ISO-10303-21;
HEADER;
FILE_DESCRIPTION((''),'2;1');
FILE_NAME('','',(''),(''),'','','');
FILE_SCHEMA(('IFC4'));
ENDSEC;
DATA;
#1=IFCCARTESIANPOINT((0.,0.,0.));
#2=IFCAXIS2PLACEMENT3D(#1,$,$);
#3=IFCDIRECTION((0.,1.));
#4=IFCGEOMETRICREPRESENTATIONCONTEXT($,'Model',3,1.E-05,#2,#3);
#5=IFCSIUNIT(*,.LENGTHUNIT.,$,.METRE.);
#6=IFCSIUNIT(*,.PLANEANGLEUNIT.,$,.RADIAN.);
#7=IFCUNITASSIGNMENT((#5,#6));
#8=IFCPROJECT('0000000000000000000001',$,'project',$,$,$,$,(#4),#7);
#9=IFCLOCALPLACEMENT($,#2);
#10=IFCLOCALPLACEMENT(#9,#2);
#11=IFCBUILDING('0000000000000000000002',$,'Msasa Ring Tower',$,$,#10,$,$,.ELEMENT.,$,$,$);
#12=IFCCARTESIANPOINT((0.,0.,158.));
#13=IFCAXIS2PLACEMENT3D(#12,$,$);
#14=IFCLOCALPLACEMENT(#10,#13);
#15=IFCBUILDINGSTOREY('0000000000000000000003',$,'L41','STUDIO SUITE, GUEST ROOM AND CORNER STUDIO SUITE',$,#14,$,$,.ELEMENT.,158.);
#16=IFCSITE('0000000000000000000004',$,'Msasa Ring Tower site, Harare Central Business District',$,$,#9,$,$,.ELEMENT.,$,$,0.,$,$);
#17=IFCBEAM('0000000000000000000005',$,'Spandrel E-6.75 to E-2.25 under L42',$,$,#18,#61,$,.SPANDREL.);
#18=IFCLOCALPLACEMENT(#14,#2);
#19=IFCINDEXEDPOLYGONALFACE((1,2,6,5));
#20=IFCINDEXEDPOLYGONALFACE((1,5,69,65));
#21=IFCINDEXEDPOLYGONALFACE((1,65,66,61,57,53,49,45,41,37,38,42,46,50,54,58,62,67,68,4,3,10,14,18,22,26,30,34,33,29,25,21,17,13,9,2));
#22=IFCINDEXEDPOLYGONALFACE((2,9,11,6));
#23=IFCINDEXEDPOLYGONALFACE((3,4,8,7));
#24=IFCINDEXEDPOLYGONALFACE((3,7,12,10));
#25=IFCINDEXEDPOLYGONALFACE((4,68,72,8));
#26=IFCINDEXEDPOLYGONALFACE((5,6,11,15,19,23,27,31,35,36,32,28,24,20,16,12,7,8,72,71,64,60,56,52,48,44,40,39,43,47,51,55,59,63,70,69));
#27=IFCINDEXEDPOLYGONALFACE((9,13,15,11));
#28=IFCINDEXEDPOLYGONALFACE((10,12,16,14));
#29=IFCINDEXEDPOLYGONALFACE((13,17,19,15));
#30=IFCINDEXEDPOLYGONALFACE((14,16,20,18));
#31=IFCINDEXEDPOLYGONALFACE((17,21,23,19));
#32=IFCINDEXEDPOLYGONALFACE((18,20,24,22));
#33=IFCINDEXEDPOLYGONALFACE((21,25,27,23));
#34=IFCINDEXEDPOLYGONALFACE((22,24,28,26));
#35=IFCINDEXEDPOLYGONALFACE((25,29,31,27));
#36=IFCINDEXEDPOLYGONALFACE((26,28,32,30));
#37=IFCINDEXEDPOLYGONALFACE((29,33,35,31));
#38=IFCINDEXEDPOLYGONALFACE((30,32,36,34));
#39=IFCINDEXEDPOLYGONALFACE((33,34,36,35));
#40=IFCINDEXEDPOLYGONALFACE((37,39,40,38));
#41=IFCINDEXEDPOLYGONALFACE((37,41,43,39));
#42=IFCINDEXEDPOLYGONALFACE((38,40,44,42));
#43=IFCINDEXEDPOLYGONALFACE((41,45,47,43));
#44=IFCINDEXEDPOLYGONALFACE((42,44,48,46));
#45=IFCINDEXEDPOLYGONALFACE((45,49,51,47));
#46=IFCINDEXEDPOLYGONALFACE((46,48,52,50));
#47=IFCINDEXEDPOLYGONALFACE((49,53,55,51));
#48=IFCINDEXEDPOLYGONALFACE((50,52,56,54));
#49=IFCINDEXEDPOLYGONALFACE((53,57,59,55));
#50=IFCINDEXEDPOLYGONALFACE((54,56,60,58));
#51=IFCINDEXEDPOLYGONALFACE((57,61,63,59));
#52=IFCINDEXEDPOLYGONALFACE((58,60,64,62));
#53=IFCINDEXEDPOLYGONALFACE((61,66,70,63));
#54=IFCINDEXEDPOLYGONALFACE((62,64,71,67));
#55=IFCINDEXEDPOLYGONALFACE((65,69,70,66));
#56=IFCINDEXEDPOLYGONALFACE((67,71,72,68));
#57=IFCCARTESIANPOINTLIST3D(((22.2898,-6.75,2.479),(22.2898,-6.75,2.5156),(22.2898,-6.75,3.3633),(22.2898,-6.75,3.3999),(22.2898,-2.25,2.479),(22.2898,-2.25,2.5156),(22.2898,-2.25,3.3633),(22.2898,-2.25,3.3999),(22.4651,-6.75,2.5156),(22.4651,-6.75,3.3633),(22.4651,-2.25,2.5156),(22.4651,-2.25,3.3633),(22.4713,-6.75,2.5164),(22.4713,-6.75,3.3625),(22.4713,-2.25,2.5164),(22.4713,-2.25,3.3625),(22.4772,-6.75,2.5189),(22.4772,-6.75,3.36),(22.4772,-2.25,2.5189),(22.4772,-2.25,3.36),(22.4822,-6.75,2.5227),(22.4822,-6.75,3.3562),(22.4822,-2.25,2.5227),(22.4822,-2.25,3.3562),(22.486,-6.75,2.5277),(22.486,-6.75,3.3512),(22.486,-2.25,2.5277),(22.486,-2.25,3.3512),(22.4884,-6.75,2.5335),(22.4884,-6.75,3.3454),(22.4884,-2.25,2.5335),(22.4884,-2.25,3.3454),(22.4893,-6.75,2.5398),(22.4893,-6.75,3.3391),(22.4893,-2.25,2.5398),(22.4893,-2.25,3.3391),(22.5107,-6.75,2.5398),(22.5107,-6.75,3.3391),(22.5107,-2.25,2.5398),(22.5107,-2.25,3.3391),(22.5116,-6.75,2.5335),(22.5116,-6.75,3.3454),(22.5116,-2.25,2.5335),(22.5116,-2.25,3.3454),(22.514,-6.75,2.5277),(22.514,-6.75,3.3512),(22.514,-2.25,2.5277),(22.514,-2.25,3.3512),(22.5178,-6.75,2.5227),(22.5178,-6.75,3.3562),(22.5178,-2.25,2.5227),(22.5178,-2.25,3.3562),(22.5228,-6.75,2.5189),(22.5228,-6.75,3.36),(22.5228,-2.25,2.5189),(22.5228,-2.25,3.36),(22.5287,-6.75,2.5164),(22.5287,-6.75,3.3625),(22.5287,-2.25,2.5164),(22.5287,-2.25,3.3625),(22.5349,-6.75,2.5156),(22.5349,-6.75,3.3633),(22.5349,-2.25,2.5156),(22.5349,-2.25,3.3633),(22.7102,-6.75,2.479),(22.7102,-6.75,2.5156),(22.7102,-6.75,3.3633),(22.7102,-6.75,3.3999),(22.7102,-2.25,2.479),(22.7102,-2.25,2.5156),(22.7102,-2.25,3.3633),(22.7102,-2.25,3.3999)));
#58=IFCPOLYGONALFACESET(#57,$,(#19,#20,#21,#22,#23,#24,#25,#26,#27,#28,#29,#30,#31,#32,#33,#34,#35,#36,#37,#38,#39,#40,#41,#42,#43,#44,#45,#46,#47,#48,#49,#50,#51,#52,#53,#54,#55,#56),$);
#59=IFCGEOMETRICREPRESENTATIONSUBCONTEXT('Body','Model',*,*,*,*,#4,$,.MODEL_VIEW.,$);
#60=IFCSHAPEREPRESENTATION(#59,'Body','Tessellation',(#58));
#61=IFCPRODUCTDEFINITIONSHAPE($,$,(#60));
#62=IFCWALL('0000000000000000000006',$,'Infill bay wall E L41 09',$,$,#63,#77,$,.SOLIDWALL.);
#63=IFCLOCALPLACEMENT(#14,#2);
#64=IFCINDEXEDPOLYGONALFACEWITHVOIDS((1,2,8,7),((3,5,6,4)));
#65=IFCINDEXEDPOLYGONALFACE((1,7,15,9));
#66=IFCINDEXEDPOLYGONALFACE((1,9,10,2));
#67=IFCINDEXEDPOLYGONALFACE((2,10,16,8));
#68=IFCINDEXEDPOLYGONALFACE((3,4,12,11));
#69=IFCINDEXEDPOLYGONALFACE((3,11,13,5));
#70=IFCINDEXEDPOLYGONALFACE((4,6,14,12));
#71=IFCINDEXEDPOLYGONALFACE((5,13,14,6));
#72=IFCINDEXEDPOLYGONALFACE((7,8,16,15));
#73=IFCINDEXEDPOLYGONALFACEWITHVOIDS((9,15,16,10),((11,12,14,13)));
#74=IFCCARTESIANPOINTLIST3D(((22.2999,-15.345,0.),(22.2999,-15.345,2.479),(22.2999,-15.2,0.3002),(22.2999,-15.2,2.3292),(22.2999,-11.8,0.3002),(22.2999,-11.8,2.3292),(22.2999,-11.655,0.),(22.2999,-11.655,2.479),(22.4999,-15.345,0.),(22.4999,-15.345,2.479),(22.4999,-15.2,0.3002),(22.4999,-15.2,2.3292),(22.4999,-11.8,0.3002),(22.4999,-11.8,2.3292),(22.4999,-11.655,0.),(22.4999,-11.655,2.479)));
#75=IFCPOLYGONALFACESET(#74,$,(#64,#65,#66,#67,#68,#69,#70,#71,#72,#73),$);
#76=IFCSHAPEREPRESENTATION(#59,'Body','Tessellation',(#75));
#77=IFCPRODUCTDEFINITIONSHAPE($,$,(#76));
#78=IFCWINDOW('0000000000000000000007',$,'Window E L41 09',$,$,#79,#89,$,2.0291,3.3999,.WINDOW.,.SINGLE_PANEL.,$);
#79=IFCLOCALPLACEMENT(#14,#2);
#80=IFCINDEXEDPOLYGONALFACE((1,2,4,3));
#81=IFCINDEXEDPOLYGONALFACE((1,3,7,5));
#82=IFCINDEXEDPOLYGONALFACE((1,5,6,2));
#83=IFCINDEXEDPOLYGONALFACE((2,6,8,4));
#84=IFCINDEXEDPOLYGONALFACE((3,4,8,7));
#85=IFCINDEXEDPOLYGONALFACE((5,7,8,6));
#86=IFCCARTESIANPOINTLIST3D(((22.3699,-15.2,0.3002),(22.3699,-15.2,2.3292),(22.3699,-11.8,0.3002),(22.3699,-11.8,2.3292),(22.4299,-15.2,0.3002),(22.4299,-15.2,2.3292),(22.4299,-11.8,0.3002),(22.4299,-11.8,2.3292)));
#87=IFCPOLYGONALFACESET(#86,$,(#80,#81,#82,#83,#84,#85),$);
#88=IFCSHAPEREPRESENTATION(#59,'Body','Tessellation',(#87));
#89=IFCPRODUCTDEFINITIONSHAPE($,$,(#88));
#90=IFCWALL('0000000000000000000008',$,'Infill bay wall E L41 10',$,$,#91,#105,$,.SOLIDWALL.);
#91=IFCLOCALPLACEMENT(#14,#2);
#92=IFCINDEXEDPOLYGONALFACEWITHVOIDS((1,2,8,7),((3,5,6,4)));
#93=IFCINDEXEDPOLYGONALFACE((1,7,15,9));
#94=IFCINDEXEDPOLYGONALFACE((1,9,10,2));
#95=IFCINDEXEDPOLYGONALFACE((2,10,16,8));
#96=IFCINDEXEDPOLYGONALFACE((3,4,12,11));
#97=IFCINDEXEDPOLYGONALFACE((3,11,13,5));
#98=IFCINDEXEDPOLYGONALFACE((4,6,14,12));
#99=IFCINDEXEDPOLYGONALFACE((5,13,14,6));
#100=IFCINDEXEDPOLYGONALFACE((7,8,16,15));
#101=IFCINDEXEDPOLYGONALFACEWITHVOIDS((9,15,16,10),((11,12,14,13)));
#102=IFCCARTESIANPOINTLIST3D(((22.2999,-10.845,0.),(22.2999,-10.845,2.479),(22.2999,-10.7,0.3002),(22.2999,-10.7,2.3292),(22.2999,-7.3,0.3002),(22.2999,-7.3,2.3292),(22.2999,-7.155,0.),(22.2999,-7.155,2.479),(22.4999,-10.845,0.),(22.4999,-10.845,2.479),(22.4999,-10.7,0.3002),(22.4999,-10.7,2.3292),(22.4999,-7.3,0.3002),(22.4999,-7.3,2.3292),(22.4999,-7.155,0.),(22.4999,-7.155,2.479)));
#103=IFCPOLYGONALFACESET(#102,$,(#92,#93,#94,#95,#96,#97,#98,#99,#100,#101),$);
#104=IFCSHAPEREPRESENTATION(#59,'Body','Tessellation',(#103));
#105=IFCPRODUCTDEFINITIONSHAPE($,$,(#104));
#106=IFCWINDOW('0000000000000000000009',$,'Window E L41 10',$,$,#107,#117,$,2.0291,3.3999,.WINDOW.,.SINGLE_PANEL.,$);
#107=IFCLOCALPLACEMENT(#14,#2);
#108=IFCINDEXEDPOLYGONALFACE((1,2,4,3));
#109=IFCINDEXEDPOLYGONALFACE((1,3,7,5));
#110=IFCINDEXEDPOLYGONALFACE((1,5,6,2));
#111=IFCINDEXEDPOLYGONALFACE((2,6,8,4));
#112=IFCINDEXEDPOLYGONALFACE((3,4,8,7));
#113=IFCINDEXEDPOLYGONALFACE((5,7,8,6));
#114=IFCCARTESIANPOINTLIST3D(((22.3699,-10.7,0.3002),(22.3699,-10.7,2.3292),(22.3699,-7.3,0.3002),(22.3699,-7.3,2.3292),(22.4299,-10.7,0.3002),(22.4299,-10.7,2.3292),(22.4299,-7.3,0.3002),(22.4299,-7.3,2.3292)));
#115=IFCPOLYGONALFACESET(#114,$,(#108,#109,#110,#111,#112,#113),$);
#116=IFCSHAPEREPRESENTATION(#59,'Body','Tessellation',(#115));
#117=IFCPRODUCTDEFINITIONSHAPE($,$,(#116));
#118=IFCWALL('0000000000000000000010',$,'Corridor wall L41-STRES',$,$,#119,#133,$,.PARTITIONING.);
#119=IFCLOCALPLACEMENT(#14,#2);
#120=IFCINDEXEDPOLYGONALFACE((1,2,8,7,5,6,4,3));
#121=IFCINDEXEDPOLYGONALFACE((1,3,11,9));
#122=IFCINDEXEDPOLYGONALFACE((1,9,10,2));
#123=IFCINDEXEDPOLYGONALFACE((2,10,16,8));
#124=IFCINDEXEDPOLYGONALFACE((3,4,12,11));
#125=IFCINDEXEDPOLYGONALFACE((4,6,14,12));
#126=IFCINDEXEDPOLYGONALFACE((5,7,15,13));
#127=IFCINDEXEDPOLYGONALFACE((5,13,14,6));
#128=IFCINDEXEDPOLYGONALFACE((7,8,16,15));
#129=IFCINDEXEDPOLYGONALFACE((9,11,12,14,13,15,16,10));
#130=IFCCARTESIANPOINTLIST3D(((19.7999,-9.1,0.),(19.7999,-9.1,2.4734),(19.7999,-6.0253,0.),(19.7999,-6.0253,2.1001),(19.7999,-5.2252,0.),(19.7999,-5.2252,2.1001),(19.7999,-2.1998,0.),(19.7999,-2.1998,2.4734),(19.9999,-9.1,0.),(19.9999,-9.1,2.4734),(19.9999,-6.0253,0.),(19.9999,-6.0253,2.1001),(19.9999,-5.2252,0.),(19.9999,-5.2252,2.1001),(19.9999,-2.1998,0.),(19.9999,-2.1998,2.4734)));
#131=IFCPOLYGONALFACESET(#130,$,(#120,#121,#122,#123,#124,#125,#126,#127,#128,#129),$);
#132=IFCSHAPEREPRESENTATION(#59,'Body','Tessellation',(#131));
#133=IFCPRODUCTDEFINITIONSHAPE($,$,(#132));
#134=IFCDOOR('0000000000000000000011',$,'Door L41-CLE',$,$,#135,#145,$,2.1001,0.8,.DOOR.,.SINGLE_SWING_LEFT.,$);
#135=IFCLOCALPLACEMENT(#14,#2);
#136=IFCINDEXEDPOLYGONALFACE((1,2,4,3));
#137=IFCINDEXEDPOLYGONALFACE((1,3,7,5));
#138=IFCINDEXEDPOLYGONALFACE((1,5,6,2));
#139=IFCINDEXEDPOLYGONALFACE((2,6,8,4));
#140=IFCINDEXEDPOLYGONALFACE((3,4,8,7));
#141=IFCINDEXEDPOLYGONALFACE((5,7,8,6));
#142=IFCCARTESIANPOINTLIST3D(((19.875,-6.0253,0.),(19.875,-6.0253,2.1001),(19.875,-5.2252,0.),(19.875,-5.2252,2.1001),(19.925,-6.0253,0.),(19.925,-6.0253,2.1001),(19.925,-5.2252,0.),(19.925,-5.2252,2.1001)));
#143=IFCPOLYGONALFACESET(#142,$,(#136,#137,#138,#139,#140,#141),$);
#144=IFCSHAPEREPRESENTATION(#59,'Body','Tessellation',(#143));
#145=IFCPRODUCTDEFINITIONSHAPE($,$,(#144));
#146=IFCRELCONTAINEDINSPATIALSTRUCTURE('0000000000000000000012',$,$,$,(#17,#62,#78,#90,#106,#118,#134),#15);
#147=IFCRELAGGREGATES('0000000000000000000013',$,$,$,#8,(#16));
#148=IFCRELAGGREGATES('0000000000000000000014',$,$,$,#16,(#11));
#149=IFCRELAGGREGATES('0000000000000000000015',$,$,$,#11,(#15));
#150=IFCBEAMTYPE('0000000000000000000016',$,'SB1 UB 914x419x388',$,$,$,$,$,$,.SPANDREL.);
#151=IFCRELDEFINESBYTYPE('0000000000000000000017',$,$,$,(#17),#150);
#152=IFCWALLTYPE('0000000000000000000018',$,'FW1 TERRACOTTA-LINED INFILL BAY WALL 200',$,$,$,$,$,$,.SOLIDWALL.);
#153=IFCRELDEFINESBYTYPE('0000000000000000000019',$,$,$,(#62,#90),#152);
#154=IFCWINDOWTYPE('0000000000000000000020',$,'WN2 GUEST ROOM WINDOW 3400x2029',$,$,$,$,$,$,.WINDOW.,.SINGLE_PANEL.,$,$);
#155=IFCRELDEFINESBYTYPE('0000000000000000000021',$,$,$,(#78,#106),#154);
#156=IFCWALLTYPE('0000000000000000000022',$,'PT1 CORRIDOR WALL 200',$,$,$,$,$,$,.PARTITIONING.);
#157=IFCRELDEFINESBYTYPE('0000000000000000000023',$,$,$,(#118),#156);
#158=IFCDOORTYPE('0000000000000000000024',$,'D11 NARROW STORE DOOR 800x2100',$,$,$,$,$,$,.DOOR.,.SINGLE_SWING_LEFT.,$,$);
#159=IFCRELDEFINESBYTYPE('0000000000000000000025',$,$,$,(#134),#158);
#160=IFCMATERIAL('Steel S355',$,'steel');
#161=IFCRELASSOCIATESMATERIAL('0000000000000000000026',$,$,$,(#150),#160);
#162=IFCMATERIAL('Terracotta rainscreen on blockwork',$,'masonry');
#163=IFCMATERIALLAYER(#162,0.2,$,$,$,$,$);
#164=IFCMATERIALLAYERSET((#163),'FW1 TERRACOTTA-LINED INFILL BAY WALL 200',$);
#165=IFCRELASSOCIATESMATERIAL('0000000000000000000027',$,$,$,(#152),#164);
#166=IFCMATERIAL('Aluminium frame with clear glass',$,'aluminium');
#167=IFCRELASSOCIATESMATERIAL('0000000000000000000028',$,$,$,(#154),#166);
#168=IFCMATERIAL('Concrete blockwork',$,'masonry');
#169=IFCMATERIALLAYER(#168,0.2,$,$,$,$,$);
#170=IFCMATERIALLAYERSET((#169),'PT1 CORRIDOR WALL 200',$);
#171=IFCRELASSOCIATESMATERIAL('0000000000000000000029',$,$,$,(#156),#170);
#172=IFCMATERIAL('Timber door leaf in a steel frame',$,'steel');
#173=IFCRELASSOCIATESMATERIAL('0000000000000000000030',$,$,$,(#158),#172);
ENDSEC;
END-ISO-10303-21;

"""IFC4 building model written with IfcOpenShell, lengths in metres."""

from ifc_helpers import new_model, si_unit, direction, frame, frame_2d, origin, origin_2d, place, context, subcontext, project, spatial, rectangle, i_section, extrude, material, layer, layer_set, material_profile, profile_set, type_object, element, fill, save


model = new_model("IFC4")

# Units and contexts
model_context = context("Model", 3, precision=1e-05, world=origin(), true_north=direction((0.0, 1.0)))
body_context = subcontext(model_context, "Body", "Model", "MODEL_VIEW")
ifc_project = project(units=[si_unit("LENGTHUNIT", "METRE"), si_unit("PLANEANGLEUNIT", "RADIAN")], contexts=[model_context])

# Site, building, storey
site_placement = place(None, origin())
site = spatial("IfcSite", under=ifc_project, at=site_placement, Name="Msasa Ring Tower site, Harare Central Business District", CompositionType="ELEMENT", RefElevation=0.0)
building_placement = place(site_placement, origin())
building = spatial("IfcBuilding", under=site, at=building_placement, Name="Msasa Ring Tower", CompositionType="ELEMENT")
storey_placement = place(building_placement, frame((0.0, 0.0, 158.0)))
storey = spatial("IfcBuildingStorey", under=building, at=storey_placement, Name="L41", Description="STUDIO SUITE, GUEST ROOM AND CORNER STUDIO SUITE", CompositionType="ELEMENT", Elevation=158.0)

# Beam
ifc_material_1 = material(Name="Steel S355", Category="steel")
ifc_material_profile_1 = material_profile(ifc_material_1, i_section(OverallWidth=0.4204, OverallDepth=0.9209, WebThickness=0.0215, FlangeThickness=0.0366, FilletRadius=0.0242, at=origin_2d()), Name="UB 914x419x388")
ifc_profile_set_1 = profile_set([ifc_material_profile_1], Name="Steel S355")
beam_type_1 = type_object("IfcBeamType", Name="SB1 UB 914x419x388", PredefinedType="SPANDREL", material=ifc_profile_set_1)
for number, where, z_axis, x_axis, name in (
    (1, (22.5, -6.75, 2.9395), (0.0, 1.0, 0.0), (-1.0, 0.0, 0.0), "Spandrel E-6.75 to E-2.25 under L42"),
):
    element("IfcBeam", number, at=place(storey_placement, frame(where, z_axis=z_axis, x_axis=x_axis)), inside=storey, type_object=beam_type_1, Name=name, PredefinedType="SPANDREL", context=body_context, shape_type="SweptSolid", body=[
        extrude(i_section(OverallWidth=0.4204, OverallDepth=0.9209, WebThickness=0.0215, FlangeThickness=0.0366, FilletRadius=0.0242, at=origin_2d()), origin(), (0.0, 0.0, 1.0), 4.5),
    ])

# Walls, openings, windows
ifc_material_2 = material(Name="Terracotta rainscreen on blockwork", Category="masonry")
ifc_layer_1 = layer(ifc_material_2, 0.2)
ifc_layer_set_1 = layer_set([ifc_layer_1], Name="FW1 TERRACOTTA-LINED INFILL BAY WALL 200")
wall_type_1 = type_object("IfcWallType", Name="FW1 TERRACOTTA-LINED INFILL BAY WALL 200", PredefinedType="SOLIDWALL", material=ifc_layer_set_1)
wall_1_placement = place(storey_placement, frame((22.3999, -15.345, 0.0), z_axis=(0.0, 0.0, 1.0), x_axis=(0.0, 1.0, 0.0)))
wall_1 = element("IfcWall", 2, at=wall_1_placement, inside=storey, type_object=wall_type_1, Name="Infill bay wall E L41 09", PredefinedType="SOLIDWALL", context=body_context, shape_type="SweptSolid", body=[
    extrude(rectangle(XDim=3.6899, YDim=0.2, at=frame_2d((1.845, 0.0))), origin(), (0.0, 0.0, 1.0), 2.479),
])
opening_1_placement = place(wall_1_placement, frame((0.145, 0.0, 0.3)))
opening_1 = element("IfcOpeningElement", 3, at=opening_1_placement, cuts=wall_1, PredefinedType="OPENING", context=body_context, shape_type="SweptSolid", body=[
    extrude(rectangle(XDim=3.3999, YDim=2.0291, at=frame_2d((1.7, 1.0146))), frame((0.0, 0.1099, 0.0), z_axis=(0.0, -1.0, 0.0), x_axis=(1.0, 0.0, 0.0)), (0.0, 0.0, 1.0), 0.22),
])
ifc_material_3 = material(Name="Aluminium frame with clear glass", Category="aluminium")
window_type = type_object("IfcWindowType", Name="WN2 GUEST ROOM WINDOW 3400x2029", PartitioningType="SINGLE_PANEL", PredefinedType="WINDOW", material=ifc_material_3)
window_1_placement = place(opening_1_placement, origin())
window_1 = element("IfcWindow", 4, at=window_1_placement, inside=storey, type_object=window_type, Name="Window E L41 09", OverallHeight=2.0291, OverallWidth=3.3999, PartitioningType="SINGLE_PANEL", PredefinedType="WINDOW", context=body_context, shape_type="SweptSolid", body=[
    extrude(rectangle(XDim=3.3999, YDim=2.0291, at=frame_2d((1.7, 1.0146))), frame((0.0, 0.03, 0.0), z_axis=(0.0, -1.0, 0.0), x_axis=(1.0, 0.0, 0.0)), (0.0, 0.0, 1.0), 0.0601),
])
fill(opening_1, window_1)
wall_2_placement = place(storey_placement, frame((22.3999, -10.845, 0.0), z_axis=(0.0, 0.0, 1.0), x_axis=(0.0, 1.0, 0.0)))
wall_2 = element("IfcWall", 5, at=wall_2_placement, inside=storey, type_object=wall_type_1, Name="Infill bay wall E L41 10", PredefinedType="SOLIDWALL", context=body_context, shape_type="SweptSolid", body=[
    extrude(rectangle(XDim=3.6899, YDim=0.2, at=frame_2d((1.845, 0.0))), origin(), (0.0, 0.0, 1.0), 2.479),
])
opening_2_placement = place(wall_2_placement, frame((0.145, 0.0, 0.3)))
opening_2 = element("IfcOpeningElement", 6, at=opening_2_placement, cuts=wall_2, PredefinedType="OPENING", context=body_context, shape_type="SweptSolid", body=[
    extrude(rectangle(XDim=3.3999, YDim=2.0291, at=frame_2d((1.7, 1.0146))), frame((0.0, 0.1099, 0.0), z_axis=(0.0, -1.0, 0.0), x_axis=(1.0, 0.0, 0.0)), (0.0, 0.0, 1.0), 0.22),
])
window_2_placement = place(opening_2_placement, origin())
window_2 = element("IfcWindow", 7, at=window_2_placement, inside=storey, type_object=window_type, Name="Window E L41 10", OverallHeight=2.0291, OverallWidth=3.3999, PartitioningType="SINGLE_PANEL", PredefinedType="WINDOW", context=body_context, shape_type="SweptSolid", body=[
    extrude(rectangle(XDim=3.3999, YDim=2.0291, at=frame_2d((1.7, 1.0146))), frame((0.0, 0.03, 0.0), z_axis=(0.0, -1.0, 0.0), x_axis=(1.0, 0.0, 0.0)), (0.0, 0.0, 1.0), 0.0601),
])
fill(opening_2, window_2)

# Wall, opening, door
ifc_material_4 = material(Name="Concrete blockwork", Category="masonry")
ifc_layer_2 = layer(ifc_material_4, 0.2)
ifc_layer_set_2 = layer_set([ifc_layer_2], Name="PT1 CORRIDOR WALL 200")
wall_type_2 = type_object("IfcWallType", Name="PT1 CORRIDOR WALL 200", PredefinedType="PARTITIONING", material=ifc_layer_set_2)
wall_3_placement = place(storey_placement, frame((19.8999, -9.1001, 0.0), z_axis=(0.0, 0.0, 1.0), x_axis=(0.0, 1.0, 0.0)))
wall_3 = element("IfcWall", 8, at=wall_3_placement, inside=storey, type_object=wall_type_2, Name="Corridor wall L41-STRES", PredefinedType="PARTITIONING", context=body_context, shape_type="SweptSolid", body=[
    extrude(rectangle(XDim=6.9001, YDim=0.2, at=frame_2d((3.4502, 0.0))), origin(), (0.0, 0.0, 1.0), 2.4734),
])
opening_3_placement = place(wall_3_placement, frame((3.075, 0.0, 0.0)))
opening_3 = element("IfcOpeningElement", 9, at=opening_3_placement, cuts=wall_3, PredefinedType="OPENING", context=body_context, shape_type="SweptSolid", body=[
    extrude(rectangle(XDim=0.8, YDim=2.1001, at=frame_2d((0.3999, 1.05))), frame((0.0, 0.1099, 0.0), z_axis=(0.0, -1.0, 0.0), x_axis=(1.0, 0.0, 0.0)), (0.0, 0.0, 1.0), 0.22),
])
ifc_material_5 = material(Name="Timber door leaf in a steel frame", Category="steel")
door_type_1 = type_object("IfcDoorType", Name="D11 NARROW STORE DOOR 800x2100", OperationType="SINGLE_SWING_LEFT", PredefinedType="DOOR", material=ifc_material_5)
door_1_placement = place(opening_3_placement, origin())
door_1 = element("IfcDoor", 10, at=door_1_placement, inside=storey, type_object=door_type_1, Name="Door L41-CLE", OperationType="SINGLE_SWING_LEFT", OverallHeight=2.1001, OverallWidth=0.8, PredefinedType="DOOR", context=body_context, shape_type="SweptSolid", body=[
    extrude(rectangle(XDim=0.8, YDim=2.1001, at=frame_2d((0.3999, 1.05))), frame((0.0, 0.0249, 0.0), z_axis=(0.0, -1.0, 0.0), x_axis=(1.0, 0.0, 0.0)), (0.0, 0.0, 1.0), 0.05),
])
fill(opening_3, door_1)

save(model, "model.ifc")
